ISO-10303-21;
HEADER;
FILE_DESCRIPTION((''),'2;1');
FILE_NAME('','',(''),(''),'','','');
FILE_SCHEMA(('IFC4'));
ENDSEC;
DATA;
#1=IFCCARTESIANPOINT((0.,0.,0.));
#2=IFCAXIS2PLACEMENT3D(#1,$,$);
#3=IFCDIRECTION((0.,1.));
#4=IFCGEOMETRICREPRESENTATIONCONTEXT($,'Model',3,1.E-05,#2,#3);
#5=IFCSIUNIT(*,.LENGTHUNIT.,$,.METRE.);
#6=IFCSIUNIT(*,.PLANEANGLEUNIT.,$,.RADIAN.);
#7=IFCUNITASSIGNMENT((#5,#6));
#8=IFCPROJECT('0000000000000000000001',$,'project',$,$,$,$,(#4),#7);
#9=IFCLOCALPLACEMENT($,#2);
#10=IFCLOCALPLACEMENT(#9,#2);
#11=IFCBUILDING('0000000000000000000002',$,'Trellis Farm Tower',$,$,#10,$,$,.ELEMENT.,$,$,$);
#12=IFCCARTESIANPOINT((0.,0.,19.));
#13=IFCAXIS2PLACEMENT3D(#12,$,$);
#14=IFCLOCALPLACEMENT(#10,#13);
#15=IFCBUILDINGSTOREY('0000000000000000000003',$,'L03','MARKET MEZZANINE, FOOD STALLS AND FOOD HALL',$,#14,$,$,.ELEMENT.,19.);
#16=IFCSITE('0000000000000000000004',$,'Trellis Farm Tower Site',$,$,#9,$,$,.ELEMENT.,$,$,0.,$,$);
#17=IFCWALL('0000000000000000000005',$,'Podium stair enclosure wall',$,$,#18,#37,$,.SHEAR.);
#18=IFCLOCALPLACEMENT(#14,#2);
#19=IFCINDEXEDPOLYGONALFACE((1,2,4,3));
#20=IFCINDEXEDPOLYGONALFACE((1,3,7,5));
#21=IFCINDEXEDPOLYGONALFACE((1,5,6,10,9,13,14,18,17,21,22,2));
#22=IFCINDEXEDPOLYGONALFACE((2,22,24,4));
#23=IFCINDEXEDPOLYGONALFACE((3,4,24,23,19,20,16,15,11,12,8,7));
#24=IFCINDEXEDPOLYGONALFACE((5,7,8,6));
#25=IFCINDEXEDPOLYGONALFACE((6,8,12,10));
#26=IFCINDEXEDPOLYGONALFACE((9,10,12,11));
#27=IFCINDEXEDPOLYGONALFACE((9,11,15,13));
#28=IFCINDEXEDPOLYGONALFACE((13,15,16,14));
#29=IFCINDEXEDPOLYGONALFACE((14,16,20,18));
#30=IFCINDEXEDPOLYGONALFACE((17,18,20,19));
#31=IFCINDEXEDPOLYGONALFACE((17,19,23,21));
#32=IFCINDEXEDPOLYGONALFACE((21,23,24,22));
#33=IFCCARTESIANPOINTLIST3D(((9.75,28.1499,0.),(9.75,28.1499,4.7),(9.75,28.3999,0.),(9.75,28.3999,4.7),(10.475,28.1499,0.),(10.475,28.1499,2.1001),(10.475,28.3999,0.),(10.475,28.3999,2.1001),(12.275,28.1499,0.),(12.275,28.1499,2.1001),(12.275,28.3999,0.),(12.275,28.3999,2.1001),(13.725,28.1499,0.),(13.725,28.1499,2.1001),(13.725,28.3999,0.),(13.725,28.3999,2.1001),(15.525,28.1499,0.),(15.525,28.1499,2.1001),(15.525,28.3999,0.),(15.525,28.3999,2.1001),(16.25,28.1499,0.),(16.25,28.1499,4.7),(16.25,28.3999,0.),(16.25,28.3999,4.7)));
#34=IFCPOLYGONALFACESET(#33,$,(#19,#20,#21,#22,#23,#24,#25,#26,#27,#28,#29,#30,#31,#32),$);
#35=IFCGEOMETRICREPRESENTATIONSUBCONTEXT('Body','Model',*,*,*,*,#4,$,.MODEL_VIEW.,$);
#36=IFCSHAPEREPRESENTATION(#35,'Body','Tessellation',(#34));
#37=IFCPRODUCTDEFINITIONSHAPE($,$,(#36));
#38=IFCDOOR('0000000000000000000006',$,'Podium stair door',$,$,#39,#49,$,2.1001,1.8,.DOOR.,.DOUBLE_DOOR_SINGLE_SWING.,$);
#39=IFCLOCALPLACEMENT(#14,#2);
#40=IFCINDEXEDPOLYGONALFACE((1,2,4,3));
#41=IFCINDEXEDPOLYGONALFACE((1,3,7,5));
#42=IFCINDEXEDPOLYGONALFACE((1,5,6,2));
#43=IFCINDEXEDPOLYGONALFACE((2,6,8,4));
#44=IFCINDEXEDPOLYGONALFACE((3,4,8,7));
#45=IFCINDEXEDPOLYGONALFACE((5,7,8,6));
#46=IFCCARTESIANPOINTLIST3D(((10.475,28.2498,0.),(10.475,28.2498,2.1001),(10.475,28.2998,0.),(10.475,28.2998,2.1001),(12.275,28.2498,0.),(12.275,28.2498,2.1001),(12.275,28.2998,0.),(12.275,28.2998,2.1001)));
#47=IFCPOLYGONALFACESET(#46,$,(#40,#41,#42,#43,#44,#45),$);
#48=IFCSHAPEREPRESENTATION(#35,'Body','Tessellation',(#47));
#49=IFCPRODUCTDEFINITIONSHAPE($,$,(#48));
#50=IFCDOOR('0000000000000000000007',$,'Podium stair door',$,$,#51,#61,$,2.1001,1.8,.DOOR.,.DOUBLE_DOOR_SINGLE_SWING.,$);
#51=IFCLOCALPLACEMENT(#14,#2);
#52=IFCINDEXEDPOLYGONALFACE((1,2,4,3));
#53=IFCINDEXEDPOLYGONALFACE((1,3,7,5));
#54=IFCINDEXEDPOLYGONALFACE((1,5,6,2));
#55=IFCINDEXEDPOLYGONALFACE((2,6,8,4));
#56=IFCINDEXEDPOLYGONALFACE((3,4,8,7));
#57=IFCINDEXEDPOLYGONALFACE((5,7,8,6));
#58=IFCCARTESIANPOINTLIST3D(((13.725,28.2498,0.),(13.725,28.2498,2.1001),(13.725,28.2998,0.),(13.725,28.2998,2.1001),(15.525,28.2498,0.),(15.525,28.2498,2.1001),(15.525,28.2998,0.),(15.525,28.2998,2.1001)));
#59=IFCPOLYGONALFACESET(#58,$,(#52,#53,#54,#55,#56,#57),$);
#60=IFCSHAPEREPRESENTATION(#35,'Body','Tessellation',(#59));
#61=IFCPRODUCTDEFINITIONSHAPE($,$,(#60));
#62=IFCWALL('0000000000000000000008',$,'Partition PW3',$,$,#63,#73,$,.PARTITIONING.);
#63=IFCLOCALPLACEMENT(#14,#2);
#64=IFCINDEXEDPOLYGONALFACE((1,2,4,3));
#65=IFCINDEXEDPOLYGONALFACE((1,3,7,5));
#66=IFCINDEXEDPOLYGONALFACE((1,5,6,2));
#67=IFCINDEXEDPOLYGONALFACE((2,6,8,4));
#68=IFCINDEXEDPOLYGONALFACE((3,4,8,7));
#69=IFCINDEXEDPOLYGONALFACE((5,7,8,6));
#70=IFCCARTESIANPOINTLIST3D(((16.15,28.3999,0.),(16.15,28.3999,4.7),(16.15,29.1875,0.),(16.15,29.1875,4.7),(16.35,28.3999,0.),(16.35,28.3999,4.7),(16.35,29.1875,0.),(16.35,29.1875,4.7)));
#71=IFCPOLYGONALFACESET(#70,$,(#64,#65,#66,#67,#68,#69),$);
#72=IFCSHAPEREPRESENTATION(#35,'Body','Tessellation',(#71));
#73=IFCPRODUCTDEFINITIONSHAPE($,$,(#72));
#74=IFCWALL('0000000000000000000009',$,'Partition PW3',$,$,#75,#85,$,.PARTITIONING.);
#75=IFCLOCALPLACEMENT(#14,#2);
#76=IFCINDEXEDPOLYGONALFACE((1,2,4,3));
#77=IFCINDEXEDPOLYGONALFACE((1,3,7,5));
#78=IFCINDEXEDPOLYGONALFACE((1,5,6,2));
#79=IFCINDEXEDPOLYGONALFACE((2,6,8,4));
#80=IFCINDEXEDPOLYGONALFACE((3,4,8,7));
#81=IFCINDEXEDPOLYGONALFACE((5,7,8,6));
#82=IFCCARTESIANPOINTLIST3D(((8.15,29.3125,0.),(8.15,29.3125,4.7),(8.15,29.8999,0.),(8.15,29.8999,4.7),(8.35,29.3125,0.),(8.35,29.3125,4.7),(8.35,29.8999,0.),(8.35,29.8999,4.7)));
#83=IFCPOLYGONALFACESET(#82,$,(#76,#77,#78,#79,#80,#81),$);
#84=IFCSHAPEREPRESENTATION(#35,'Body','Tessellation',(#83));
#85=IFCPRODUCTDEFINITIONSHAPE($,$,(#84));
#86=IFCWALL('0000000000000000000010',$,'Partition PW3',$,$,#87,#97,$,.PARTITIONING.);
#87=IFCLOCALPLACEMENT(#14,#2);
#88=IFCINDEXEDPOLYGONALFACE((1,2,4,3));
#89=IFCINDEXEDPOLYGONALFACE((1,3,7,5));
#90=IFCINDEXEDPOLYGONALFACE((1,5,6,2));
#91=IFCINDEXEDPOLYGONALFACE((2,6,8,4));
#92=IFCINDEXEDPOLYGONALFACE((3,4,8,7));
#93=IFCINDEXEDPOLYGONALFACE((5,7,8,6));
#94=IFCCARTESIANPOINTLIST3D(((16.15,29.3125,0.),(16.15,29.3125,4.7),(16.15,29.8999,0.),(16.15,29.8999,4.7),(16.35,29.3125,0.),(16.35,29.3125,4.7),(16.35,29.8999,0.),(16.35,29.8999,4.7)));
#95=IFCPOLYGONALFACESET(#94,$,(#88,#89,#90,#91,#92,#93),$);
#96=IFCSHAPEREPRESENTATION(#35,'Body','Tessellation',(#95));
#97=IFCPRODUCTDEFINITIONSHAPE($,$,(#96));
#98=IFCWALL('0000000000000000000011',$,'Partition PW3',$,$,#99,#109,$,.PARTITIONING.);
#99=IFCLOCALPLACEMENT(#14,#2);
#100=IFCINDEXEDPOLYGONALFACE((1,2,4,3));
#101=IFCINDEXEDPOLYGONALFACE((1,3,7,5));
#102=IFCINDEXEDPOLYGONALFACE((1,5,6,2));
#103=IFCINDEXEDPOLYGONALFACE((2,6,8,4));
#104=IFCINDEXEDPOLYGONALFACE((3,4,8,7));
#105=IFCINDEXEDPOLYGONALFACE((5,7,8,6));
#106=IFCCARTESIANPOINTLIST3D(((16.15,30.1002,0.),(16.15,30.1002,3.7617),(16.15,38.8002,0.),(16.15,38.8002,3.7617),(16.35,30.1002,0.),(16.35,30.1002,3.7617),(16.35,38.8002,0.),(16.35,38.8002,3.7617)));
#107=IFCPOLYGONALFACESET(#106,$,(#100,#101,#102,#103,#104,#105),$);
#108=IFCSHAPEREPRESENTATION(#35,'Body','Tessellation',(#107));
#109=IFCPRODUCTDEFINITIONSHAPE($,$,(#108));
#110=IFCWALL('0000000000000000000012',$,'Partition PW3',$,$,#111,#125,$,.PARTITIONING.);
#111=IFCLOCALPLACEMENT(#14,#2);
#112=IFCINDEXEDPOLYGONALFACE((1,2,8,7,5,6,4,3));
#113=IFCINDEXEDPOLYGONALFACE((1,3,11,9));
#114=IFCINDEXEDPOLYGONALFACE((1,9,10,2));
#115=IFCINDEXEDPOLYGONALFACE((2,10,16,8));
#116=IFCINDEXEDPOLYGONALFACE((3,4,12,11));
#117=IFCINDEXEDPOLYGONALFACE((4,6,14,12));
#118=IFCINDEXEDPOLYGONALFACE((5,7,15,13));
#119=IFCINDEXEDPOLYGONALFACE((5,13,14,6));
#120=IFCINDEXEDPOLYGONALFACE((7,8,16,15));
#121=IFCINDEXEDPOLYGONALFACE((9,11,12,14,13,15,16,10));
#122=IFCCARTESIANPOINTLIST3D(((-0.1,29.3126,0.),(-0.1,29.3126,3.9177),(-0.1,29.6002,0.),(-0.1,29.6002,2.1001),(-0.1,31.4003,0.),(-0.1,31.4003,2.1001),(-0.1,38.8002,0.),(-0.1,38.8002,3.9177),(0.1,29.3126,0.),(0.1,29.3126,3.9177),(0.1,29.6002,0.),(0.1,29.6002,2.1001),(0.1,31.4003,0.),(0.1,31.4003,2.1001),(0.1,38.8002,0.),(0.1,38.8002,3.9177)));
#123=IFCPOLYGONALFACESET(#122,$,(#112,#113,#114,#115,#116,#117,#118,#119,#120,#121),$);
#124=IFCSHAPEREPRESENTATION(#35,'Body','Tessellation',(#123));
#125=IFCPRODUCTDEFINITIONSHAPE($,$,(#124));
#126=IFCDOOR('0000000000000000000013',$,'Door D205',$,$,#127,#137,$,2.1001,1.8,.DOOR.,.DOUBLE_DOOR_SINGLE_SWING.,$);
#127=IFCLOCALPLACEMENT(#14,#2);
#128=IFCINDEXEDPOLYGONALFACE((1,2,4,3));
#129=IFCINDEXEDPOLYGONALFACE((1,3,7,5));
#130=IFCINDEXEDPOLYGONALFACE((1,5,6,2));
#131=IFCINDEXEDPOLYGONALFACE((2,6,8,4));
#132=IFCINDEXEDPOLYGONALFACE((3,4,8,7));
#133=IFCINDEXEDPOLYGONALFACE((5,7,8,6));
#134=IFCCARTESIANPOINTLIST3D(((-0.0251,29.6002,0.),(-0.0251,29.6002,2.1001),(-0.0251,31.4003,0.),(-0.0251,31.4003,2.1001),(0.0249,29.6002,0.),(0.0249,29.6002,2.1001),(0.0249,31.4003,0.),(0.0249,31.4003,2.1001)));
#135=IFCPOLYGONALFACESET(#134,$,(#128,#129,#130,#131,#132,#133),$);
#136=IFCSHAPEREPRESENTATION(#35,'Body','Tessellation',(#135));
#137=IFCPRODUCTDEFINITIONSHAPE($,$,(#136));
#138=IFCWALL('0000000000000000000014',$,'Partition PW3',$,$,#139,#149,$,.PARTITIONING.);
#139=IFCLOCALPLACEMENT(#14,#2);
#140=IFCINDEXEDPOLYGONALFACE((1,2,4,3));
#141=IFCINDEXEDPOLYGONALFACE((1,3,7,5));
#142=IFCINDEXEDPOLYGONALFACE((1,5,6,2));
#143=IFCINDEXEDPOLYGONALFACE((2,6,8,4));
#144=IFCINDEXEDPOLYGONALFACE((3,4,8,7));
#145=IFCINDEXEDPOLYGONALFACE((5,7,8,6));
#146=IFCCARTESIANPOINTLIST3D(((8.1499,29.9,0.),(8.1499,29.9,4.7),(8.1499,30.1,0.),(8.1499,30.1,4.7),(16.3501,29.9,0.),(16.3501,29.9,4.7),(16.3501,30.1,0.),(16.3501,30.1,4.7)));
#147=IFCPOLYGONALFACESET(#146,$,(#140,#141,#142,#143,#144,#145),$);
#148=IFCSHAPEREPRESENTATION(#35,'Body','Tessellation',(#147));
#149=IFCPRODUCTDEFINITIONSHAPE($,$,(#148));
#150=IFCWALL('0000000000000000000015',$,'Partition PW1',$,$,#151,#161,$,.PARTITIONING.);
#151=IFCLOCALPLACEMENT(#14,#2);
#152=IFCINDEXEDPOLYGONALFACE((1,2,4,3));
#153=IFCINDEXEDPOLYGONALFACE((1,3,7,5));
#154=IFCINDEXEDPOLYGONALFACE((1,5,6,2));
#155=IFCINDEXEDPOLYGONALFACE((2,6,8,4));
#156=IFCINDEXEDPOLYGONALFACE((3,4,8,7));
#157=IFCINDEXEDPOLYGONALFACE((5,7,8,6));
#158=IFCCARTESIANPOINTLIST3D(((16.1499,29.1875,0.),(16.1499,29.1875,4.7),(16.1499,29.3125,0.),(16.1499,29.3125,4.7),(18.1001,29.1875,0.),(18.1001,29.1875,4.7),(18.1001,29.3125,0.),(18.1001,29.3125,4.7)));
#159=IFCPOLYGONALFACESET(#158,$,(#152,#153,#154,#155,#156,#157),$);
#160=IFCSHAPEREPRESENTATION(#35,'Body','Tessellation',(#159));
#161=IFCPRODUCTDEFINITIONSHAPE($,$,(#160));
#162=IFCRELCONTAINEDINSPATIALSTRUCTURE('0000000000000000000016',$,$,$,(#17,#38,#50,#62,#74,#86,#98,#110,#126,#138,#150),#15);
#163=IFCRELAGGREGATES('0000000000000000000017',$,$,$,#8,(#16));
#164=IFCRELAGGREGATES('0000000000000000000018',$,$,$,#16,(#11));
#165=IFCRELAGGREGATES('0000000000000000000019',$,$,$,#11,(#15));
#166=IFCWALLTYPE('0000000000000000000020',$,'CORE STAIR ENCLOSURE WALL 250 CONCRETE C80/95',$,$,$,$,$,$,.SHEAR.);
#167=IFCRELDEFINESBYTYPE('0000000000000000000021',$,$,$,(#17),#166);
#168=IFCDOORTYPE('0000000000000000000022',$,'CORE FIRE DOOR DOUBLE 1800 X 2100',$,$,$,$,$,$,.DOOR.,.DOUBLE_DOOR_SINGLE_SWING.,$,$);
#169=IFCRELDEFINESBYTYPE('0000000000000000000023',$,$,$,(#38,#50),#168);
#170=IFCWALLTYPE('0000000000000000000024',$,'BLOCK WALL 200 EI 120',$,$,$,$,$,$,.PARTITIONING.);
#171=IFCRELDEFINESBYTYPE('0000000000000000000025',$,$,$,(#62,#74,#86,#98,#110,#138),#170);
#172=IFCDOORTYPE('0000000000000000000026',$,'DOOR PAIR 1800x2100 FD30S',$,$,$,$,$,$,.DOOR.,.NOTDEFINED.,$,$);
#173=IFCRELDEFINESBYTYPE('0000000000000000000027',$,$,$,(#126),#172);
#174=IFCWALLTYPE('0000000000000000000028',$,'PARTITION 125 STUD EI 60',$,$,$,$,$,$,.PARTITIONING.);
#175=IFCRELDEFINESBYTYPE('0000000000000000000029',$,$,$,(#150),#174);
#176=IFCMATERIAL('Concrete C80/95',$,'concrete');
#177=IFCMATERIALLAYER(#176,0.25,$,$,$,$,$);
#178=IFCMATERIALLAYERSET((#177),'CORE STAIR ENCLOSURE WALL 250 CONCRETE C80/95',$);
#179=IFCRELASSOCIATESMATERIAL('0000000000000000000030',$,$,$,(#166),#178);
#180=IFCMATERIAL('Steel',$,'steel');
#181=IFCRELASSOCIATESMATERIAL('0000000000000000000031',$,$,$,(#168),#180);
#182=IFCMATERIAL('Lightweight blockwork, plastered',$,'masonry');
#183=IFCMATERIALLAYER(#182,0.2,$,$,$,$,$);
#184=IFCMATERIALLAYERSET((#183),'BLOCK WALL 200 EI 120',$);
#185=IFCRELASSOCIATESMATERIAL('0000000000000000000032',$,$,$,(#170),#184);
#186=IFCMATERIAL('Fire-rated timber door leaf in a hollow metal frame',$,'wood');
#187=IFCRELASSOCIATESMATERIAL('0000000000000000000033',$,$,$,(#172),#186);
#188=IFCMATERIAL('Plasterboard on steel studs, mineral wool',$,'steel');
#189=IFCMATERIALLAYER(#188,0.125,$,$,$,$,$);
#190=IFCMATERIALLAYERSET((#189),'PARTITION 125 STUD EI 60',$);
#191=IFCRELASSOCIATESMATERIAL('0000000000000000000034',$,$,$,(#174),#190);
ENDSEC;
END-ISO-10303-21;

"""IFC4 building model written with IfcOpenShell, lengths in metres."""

from ifc_helpers import new_model, si_unit, direction, frame, frame_2d, origin, place, context, subcontext, project, spatial, rectangle, extrude, source, transform, mapped, material, layer, layer_set, type_object, element, fill, save


model = new_model("IFC4")

# Units and contexts
model_context = context("Model", 3, precision=1e-05, world=origin(), true_north=direction((0.0, 1.0)))
body_context = subcontext(model_context, "Body", "Model", "MODEL_VIEW")
ifc_project = project(units=[si_unit("LENGTHUNIT", "METRE"), si_unit("PLANEANGLEUNIT", "RADIAN")], contexts=[model_context])

# Site, building, storey
site_placement = place(None, origin())
site = spatial("IfcSite", under=ifc_project, at=site_placement, Name="Trellis Farm Tower Site", CompositionType="ELEMENT", RefElevation=0.0)
building_placement = place(site_placement, origin())
building = spatial("IfcBuilding", under=site, at=building_placement, Name="Trellis Farm Tower", CompositionType="ELEMENT")
storey_placement = place(building_placement, frame((0.0, 0.0, 19.0)))
storey = spatial("IfcBuildingStorey", under=building, at=storey_placement, Name="L03", Description="MARKET MEZZANINE, FOOD STALLS AND FOOD HALL", CompositionType="ELEMENT", Elevation=19.0)

# Shared definitions
ifc_material_1 = material(Name="Concrete C80/95", Category="concrete")

# Wall, openings, doors
ifc_layer_1 = layer(ifc_material_1, 0.25)
ifc_layer_set_1 = layer_set([ifc_layer_1], Name="CORE STAIR ENCLOSURE WALL 250 CONCRETE C80/95")
wall_type_1 = type_object("IfcWallType", Name="CORE STAIR ENCLOSURE WALL 250 CONCRETE C80/95", PredefinedType="SHEAR", material=ifc_layer_set_1)
shared_shape_1 = source(origin(), body_context, "Body", "SweptSolid", [
    extrude(rectangle(XDim=6.5, YDim=0.25, at=frame_2d((3.25, 0.0))), origin(), (0.0, 0.0, 1.0), 4.7),
])
wall_1_placement = place(storey_placement, frame((9.75, 28.2749, 0.0), z_axis=(0.0, 0.0, 1.0), x_axis=(1.0, 0.0, 0.0)))
wall_1 = element("IfcWall", 1, at=wall_1_placement, inside=storey, type_object=wall_type_1, Name="Podium stair enclosure wall", PredefinedType="SHEAR", context=body_context, shape_type="MappedRepresentation", body=[
    mapped(shared_shape_1, transform((0.0, 0.0, 0.0))),
])
shared_shape_2 = source(origin(), body_context, "Body", "SweptSolid", [
    extrude(rectangle(XDim=1.8, YDim=2.1001, at=frame_2d((0.8999, 1.05))), frame((0.0, 0.135, 0.0), z_axis=(0.0, -1.0, 0.0), x_axis=(1.0, 0.0, 0.0)), (0.0, 0.0, 1.0), 0.27),
])
opening_1_placement = place(wall_1_placement, frame((0.7251, 0.0, 0.0)))
opening_1 = element("IfcOpeningElement", 2, at=opening_1_placement, cuts=wall_1, PredefinedType="OPENING", context=body_context, shape_type="MappedRepresentation", body=[
    mapped(shared_shape_2, transform((0.0, 0.0, 0.0))),
])
opening_2_placement = place(wall_1_placement, frame((3.9751, 0.0, 0.0)))
opening_2 = element("IfcOpeningElement", 3, at=opening_2_placement, cuts=wall_1, PredefinedType="OPENING", context=body_context, shape_type="MappedRepresentation", body=[
    mapped(shared_shape_2, transform((0.0, 0.0, 0.0))),
])
ifc_material_2 = material(Name="Steel", Category="steel")
door_type_1 = type_object("IfcDoorType", Name="CORE FIRE DOOR DOUBLE 1800 X 2100", OperationType="DOUBLE_DOOR_SINGLE_SWING", PredefinedType="DOOR", material=ifc_material_2)
shared_shape_3 = source(origin(), body_context, "Body", "SweptSolid", [
    extrude(rectangle(XDim=1.8, YDim=2.1001, at=frame_2d((0.8999, 1.05))), frame((0.0, 0.0249, 0.0), z_axis=(0.0, -1.0, 0.0), x_axis=(1.0, 0.0, 0.0)), (0.0, 0.0, 1.0), 0.05),
])
door_1_placement = place(opening_1_placement, origin())
door_1 = element("IfcDoor", 4, at=door_1_placement, inside=storey, type_object=door_type_1, Name="Podium stair door", OperationType="DOUBLE_DOOR_SINGLE_SWING", OverallHeight=2.1001, OverallWidth=1.8, PredefinedType="DOOR", context=body_context, shape_type="MappedRepresentation", body=[
    mapped(shared_shape_3, transform((0.0, 0.0, 0.0))),
])
fill(opening_1, door_1)
door_2_placement = place(opening_2_placement, origin())
door_2 = element("IfcDoor", 5, at=door_2_placement, inside=storey, type_object=door_type_1, Name="Podium stair door", OperationType="DOUBLE_DOOR_SINGLE_SWING", OverallHeight=2.1001, OverallWidth=1.8, PredefinedType="DOOR", context=body_context, shape_type="MappedRepresentation", body=[
    mapped(shared_shape_3, transform((0.0, 0.0, 0.0))),
])
fill(opening_2, door_2)

# Walls
ifc_material_3 = material(Name="Lightweight blockwork, plastered", Category="masonry")
ifc_layer_2 = layer(ifc_material_3, 0.2)
ifc_layer_set_2 = layer_set([ifc_layer_2], Name="BLOCK WALL 200 EI 120")
wall_type_2 = type_object("IfcWallType", Name="BLOCK WALL 200 EI 120", PredefinedType="PARTITIONING", material=ifc_layer_set_2)
shared_shape_4 = source(origin(), body_context, "Body", "SweptSolid", [
    extrude(rectangle(XDim=0.7876, YDim=0.2, at=frame_2d((0.3938, 0.0))), origin(), (0.0, 0.0, 1.0), 4.7),
])
wall_2_placement = place(storey_placement, frame((16.25, 28.3999, 0.0), z_axis=(0.0, 0.0, 1.0), x_axis=(0.0, 1.0, 0.0)))
element("IfcWall", 6, at=wall_2_placement, inside=storey, type_object=wall_type_2, Name="Partition PW3", PredefinedType="PARTITIONING", context=body_context, shape_type="MappedRepresentation", body=[
    mapped(shared_shape_4, transform((0.0, 0.0, 0.0))),
])
shared_shape_5 = source(origin(), body_context, "Body", "SweptSolid", [
    extrude(rectangle(XDim=0.5874, YDim=0.2, at=frame_2d((0.2937, 0.0))), origin(), (0.0, 0.0, 1.0), 4.7),
])
for number, where, z_axis, x_axis, name in (
    (7, (8.25, 29.3125, 0.0), (0.0, 0.0, 1.0), (0.0, 1.0, 0.0), "Partition PW3"),
    (8, (16.25, 29.8999, 0.0), (0.0, 0.0, 1.0), (0.0, -1.0, 0.0), "Partition PW3"),
):
    element("IfcWall", number, at=place(storey_placement, frame(where, z_axis=z_axis, x_axis=x_axis)), inside=storey, type_object=wall_type_2, Name=name, PredefinedType="PARTITIONING", context=body_context, shape_type="MappedRepresentation", body=[
        mapped(shared_shape_5, transform((0.0, 0.0, 0.0))),
    ])
shared_shape_6 = source(origin(), body_context, "Body", "SweptSolid", [
    extrude(rectangle(XDim=8.7, YDim=0.2, at=frame_2d((4.3501, 0.0))), origin(), (0.0, 0.0, 1.0), 3.7617),
])
wall_3_placement = place(storey_placement, frame((16.25, 30.1001, 0.0), z_axis=(0.0, 0.0, 1.0), x_axis=(0.0, 1.0, 0.0)))
element("IfcWall", 9, at=wall_3_placement, inside=storey, type_object=wall_type_2, Name="Partition PW3", PredefinedType="PARTITIONING", context=body_context, shape_type="MappedRepresentation", body=[
    mapped(shared_shape_6, transform((0.0, 0.0, 0.0))),
])

# Wall, opening, door
shared_shape_7 = source(origin(), body_context, "Body", "SweptSolid", [
    extrude(rectangle(XDim=9.4875, YDim=0.2, at=frame_2d((4.7437, 0.0))), origin(), (0.0, 0.0, 1.0), 3.9177),
])
wall_4_placement = place(storey_placement, frame((0.0, 38.8, 0.0), z_axis=(0.0, 0.0, 1.0), x_axis=(0.0, -1.0, 0.0)))
wall_4 = element("IfcWall", 10, at=wall_4_placement, inside=storey, type_object=wall_type_2, Name="Partition PW3", PredefinedType="PARTITIONING", context=body_context, shape_type="MappedRepresentation", body=[
    mapped(shared_shape_7, transform((0.0, 0.0, 0.0))),
])
shared_shape_8 = source(origin(), body_context, "Body", "SweptSolid", [
    extrude(rectangle(XDim=1.8, YDim=2.1001, at=frame_2d((0.8999, 1.05))), frame((0.0, 0.1101, 0.0), z_axis=(0.0, -1.0, 0.0), x_axis=(1.0, 0.0, 0.0)), (0.0, 0.0, 1.0), 0.2202),
])
opening_3_placement = place(wall_4_placement, frame((7.3999, 0.0, 0.0)))
opening_3 = element("IfcOpeningElement", 11, at=opening_3_placement, cuts=wall_4, PredefinedType="OPENING", context=body_context, shape_type="MappedRepresentation", body=[
    mapped(shared_shape_8, transform((0.0, 0.0, 0.0))),
])
ifc_material_4 = material(Name="Fire-rated timber door leaf in a hollow metal frame", Category="wood")
door_type_2 = type_object("IfcDoorType", Name="DOOR PAIR 1800x2100 FD30S", OperationType="NOTDEFINED", PredefinedType="DOOR", material=ifc_material_4)
door_3_placement = place(opening_3_placement, origin())
door_3 = element("IfcDoor", 12, at=door_3_placement, inside=storey, type_object=door_type_2, Name="Door D205", OperationType="DOUBLE_DOOR_SINGLE_SWING", OverallHeight=2.1001, OverallWidth=1.8, PredefinedType="DOOR", context=body_context, shape_type="MappedRepresentation", body=[
    mapped(shared_shape_3, transform((0.0, 0.0, 0.0))),
])
fill(opening_3, door_3)

# Walls
shared_shape_9 = source(origin(), body_context, "Body", "SweptSolid", [
    extrude(rectangle(XDim=8.2002, YDim=0.2, at=frame_2d((4.1001, 0.0))), origin(), (0.0, 0.0, 1.0), 4.7),
])
wall_5_placement = place(storey_placement, frame((8.1499, 30.0, 0.0), z_axis=(0.0, 0.0, 1.0), x_axis=(1.0, 0.0, 0.0)))
element("IfcWall", 13, at=wall_5_placement, inside=storey, type_object=wall_type_2, Name="Partition PW3", PredefinedType="PARTITIONING", context=body_context, shape_type="MappedRepresentation", body=[
    mapped(shared_shape_9, transform((0.0, 0.0, 0.0))),
])
ifc_material_5 = material(Name="Plasterboard on steel studs, mineral wool", Category="steel")
ifc_layer_3 = layer(ifc_material_5, 0.125)
ifc_layer_set_3 = layer_set([ifc_layer_3], Name="PARTITION 125 STUD EI 60")
wall_type_3 = type_object("IfcWallType", Name="PARTITION 125 STUD EI 60", PredefinedType="PARTITIONING", material=ifc_layer_set_3)
shared_shape_10 = source(origin(), body_context, "Body", "SweptSolid", [
    extrude(rectangle(XDim=1.9502, YDim=0.125, at=frame_2d((0.9751, 0.0))), origin(), (0.0, 0.0, 1.0), 4.7),
])
wall_6_placement = place(storey_placement, frame((16.1499, 29.25, 0.0), z_axis=(0.0, 0.0, 1.0), x_axis=(1.0, 0.0, 0.0)))
element("IfcWall", 14, at=wall_6_placement, inside=storey, type_object=wall_type_3, Name="Partition PW1", PredefinedType="PARTITIONING", context=body_context, shape_type="MappedRepresentation", body=[
    mapped(shared_shape_10, transform((0.0, 0.0, 0.0))),
])

save(model, "model.ifc")
